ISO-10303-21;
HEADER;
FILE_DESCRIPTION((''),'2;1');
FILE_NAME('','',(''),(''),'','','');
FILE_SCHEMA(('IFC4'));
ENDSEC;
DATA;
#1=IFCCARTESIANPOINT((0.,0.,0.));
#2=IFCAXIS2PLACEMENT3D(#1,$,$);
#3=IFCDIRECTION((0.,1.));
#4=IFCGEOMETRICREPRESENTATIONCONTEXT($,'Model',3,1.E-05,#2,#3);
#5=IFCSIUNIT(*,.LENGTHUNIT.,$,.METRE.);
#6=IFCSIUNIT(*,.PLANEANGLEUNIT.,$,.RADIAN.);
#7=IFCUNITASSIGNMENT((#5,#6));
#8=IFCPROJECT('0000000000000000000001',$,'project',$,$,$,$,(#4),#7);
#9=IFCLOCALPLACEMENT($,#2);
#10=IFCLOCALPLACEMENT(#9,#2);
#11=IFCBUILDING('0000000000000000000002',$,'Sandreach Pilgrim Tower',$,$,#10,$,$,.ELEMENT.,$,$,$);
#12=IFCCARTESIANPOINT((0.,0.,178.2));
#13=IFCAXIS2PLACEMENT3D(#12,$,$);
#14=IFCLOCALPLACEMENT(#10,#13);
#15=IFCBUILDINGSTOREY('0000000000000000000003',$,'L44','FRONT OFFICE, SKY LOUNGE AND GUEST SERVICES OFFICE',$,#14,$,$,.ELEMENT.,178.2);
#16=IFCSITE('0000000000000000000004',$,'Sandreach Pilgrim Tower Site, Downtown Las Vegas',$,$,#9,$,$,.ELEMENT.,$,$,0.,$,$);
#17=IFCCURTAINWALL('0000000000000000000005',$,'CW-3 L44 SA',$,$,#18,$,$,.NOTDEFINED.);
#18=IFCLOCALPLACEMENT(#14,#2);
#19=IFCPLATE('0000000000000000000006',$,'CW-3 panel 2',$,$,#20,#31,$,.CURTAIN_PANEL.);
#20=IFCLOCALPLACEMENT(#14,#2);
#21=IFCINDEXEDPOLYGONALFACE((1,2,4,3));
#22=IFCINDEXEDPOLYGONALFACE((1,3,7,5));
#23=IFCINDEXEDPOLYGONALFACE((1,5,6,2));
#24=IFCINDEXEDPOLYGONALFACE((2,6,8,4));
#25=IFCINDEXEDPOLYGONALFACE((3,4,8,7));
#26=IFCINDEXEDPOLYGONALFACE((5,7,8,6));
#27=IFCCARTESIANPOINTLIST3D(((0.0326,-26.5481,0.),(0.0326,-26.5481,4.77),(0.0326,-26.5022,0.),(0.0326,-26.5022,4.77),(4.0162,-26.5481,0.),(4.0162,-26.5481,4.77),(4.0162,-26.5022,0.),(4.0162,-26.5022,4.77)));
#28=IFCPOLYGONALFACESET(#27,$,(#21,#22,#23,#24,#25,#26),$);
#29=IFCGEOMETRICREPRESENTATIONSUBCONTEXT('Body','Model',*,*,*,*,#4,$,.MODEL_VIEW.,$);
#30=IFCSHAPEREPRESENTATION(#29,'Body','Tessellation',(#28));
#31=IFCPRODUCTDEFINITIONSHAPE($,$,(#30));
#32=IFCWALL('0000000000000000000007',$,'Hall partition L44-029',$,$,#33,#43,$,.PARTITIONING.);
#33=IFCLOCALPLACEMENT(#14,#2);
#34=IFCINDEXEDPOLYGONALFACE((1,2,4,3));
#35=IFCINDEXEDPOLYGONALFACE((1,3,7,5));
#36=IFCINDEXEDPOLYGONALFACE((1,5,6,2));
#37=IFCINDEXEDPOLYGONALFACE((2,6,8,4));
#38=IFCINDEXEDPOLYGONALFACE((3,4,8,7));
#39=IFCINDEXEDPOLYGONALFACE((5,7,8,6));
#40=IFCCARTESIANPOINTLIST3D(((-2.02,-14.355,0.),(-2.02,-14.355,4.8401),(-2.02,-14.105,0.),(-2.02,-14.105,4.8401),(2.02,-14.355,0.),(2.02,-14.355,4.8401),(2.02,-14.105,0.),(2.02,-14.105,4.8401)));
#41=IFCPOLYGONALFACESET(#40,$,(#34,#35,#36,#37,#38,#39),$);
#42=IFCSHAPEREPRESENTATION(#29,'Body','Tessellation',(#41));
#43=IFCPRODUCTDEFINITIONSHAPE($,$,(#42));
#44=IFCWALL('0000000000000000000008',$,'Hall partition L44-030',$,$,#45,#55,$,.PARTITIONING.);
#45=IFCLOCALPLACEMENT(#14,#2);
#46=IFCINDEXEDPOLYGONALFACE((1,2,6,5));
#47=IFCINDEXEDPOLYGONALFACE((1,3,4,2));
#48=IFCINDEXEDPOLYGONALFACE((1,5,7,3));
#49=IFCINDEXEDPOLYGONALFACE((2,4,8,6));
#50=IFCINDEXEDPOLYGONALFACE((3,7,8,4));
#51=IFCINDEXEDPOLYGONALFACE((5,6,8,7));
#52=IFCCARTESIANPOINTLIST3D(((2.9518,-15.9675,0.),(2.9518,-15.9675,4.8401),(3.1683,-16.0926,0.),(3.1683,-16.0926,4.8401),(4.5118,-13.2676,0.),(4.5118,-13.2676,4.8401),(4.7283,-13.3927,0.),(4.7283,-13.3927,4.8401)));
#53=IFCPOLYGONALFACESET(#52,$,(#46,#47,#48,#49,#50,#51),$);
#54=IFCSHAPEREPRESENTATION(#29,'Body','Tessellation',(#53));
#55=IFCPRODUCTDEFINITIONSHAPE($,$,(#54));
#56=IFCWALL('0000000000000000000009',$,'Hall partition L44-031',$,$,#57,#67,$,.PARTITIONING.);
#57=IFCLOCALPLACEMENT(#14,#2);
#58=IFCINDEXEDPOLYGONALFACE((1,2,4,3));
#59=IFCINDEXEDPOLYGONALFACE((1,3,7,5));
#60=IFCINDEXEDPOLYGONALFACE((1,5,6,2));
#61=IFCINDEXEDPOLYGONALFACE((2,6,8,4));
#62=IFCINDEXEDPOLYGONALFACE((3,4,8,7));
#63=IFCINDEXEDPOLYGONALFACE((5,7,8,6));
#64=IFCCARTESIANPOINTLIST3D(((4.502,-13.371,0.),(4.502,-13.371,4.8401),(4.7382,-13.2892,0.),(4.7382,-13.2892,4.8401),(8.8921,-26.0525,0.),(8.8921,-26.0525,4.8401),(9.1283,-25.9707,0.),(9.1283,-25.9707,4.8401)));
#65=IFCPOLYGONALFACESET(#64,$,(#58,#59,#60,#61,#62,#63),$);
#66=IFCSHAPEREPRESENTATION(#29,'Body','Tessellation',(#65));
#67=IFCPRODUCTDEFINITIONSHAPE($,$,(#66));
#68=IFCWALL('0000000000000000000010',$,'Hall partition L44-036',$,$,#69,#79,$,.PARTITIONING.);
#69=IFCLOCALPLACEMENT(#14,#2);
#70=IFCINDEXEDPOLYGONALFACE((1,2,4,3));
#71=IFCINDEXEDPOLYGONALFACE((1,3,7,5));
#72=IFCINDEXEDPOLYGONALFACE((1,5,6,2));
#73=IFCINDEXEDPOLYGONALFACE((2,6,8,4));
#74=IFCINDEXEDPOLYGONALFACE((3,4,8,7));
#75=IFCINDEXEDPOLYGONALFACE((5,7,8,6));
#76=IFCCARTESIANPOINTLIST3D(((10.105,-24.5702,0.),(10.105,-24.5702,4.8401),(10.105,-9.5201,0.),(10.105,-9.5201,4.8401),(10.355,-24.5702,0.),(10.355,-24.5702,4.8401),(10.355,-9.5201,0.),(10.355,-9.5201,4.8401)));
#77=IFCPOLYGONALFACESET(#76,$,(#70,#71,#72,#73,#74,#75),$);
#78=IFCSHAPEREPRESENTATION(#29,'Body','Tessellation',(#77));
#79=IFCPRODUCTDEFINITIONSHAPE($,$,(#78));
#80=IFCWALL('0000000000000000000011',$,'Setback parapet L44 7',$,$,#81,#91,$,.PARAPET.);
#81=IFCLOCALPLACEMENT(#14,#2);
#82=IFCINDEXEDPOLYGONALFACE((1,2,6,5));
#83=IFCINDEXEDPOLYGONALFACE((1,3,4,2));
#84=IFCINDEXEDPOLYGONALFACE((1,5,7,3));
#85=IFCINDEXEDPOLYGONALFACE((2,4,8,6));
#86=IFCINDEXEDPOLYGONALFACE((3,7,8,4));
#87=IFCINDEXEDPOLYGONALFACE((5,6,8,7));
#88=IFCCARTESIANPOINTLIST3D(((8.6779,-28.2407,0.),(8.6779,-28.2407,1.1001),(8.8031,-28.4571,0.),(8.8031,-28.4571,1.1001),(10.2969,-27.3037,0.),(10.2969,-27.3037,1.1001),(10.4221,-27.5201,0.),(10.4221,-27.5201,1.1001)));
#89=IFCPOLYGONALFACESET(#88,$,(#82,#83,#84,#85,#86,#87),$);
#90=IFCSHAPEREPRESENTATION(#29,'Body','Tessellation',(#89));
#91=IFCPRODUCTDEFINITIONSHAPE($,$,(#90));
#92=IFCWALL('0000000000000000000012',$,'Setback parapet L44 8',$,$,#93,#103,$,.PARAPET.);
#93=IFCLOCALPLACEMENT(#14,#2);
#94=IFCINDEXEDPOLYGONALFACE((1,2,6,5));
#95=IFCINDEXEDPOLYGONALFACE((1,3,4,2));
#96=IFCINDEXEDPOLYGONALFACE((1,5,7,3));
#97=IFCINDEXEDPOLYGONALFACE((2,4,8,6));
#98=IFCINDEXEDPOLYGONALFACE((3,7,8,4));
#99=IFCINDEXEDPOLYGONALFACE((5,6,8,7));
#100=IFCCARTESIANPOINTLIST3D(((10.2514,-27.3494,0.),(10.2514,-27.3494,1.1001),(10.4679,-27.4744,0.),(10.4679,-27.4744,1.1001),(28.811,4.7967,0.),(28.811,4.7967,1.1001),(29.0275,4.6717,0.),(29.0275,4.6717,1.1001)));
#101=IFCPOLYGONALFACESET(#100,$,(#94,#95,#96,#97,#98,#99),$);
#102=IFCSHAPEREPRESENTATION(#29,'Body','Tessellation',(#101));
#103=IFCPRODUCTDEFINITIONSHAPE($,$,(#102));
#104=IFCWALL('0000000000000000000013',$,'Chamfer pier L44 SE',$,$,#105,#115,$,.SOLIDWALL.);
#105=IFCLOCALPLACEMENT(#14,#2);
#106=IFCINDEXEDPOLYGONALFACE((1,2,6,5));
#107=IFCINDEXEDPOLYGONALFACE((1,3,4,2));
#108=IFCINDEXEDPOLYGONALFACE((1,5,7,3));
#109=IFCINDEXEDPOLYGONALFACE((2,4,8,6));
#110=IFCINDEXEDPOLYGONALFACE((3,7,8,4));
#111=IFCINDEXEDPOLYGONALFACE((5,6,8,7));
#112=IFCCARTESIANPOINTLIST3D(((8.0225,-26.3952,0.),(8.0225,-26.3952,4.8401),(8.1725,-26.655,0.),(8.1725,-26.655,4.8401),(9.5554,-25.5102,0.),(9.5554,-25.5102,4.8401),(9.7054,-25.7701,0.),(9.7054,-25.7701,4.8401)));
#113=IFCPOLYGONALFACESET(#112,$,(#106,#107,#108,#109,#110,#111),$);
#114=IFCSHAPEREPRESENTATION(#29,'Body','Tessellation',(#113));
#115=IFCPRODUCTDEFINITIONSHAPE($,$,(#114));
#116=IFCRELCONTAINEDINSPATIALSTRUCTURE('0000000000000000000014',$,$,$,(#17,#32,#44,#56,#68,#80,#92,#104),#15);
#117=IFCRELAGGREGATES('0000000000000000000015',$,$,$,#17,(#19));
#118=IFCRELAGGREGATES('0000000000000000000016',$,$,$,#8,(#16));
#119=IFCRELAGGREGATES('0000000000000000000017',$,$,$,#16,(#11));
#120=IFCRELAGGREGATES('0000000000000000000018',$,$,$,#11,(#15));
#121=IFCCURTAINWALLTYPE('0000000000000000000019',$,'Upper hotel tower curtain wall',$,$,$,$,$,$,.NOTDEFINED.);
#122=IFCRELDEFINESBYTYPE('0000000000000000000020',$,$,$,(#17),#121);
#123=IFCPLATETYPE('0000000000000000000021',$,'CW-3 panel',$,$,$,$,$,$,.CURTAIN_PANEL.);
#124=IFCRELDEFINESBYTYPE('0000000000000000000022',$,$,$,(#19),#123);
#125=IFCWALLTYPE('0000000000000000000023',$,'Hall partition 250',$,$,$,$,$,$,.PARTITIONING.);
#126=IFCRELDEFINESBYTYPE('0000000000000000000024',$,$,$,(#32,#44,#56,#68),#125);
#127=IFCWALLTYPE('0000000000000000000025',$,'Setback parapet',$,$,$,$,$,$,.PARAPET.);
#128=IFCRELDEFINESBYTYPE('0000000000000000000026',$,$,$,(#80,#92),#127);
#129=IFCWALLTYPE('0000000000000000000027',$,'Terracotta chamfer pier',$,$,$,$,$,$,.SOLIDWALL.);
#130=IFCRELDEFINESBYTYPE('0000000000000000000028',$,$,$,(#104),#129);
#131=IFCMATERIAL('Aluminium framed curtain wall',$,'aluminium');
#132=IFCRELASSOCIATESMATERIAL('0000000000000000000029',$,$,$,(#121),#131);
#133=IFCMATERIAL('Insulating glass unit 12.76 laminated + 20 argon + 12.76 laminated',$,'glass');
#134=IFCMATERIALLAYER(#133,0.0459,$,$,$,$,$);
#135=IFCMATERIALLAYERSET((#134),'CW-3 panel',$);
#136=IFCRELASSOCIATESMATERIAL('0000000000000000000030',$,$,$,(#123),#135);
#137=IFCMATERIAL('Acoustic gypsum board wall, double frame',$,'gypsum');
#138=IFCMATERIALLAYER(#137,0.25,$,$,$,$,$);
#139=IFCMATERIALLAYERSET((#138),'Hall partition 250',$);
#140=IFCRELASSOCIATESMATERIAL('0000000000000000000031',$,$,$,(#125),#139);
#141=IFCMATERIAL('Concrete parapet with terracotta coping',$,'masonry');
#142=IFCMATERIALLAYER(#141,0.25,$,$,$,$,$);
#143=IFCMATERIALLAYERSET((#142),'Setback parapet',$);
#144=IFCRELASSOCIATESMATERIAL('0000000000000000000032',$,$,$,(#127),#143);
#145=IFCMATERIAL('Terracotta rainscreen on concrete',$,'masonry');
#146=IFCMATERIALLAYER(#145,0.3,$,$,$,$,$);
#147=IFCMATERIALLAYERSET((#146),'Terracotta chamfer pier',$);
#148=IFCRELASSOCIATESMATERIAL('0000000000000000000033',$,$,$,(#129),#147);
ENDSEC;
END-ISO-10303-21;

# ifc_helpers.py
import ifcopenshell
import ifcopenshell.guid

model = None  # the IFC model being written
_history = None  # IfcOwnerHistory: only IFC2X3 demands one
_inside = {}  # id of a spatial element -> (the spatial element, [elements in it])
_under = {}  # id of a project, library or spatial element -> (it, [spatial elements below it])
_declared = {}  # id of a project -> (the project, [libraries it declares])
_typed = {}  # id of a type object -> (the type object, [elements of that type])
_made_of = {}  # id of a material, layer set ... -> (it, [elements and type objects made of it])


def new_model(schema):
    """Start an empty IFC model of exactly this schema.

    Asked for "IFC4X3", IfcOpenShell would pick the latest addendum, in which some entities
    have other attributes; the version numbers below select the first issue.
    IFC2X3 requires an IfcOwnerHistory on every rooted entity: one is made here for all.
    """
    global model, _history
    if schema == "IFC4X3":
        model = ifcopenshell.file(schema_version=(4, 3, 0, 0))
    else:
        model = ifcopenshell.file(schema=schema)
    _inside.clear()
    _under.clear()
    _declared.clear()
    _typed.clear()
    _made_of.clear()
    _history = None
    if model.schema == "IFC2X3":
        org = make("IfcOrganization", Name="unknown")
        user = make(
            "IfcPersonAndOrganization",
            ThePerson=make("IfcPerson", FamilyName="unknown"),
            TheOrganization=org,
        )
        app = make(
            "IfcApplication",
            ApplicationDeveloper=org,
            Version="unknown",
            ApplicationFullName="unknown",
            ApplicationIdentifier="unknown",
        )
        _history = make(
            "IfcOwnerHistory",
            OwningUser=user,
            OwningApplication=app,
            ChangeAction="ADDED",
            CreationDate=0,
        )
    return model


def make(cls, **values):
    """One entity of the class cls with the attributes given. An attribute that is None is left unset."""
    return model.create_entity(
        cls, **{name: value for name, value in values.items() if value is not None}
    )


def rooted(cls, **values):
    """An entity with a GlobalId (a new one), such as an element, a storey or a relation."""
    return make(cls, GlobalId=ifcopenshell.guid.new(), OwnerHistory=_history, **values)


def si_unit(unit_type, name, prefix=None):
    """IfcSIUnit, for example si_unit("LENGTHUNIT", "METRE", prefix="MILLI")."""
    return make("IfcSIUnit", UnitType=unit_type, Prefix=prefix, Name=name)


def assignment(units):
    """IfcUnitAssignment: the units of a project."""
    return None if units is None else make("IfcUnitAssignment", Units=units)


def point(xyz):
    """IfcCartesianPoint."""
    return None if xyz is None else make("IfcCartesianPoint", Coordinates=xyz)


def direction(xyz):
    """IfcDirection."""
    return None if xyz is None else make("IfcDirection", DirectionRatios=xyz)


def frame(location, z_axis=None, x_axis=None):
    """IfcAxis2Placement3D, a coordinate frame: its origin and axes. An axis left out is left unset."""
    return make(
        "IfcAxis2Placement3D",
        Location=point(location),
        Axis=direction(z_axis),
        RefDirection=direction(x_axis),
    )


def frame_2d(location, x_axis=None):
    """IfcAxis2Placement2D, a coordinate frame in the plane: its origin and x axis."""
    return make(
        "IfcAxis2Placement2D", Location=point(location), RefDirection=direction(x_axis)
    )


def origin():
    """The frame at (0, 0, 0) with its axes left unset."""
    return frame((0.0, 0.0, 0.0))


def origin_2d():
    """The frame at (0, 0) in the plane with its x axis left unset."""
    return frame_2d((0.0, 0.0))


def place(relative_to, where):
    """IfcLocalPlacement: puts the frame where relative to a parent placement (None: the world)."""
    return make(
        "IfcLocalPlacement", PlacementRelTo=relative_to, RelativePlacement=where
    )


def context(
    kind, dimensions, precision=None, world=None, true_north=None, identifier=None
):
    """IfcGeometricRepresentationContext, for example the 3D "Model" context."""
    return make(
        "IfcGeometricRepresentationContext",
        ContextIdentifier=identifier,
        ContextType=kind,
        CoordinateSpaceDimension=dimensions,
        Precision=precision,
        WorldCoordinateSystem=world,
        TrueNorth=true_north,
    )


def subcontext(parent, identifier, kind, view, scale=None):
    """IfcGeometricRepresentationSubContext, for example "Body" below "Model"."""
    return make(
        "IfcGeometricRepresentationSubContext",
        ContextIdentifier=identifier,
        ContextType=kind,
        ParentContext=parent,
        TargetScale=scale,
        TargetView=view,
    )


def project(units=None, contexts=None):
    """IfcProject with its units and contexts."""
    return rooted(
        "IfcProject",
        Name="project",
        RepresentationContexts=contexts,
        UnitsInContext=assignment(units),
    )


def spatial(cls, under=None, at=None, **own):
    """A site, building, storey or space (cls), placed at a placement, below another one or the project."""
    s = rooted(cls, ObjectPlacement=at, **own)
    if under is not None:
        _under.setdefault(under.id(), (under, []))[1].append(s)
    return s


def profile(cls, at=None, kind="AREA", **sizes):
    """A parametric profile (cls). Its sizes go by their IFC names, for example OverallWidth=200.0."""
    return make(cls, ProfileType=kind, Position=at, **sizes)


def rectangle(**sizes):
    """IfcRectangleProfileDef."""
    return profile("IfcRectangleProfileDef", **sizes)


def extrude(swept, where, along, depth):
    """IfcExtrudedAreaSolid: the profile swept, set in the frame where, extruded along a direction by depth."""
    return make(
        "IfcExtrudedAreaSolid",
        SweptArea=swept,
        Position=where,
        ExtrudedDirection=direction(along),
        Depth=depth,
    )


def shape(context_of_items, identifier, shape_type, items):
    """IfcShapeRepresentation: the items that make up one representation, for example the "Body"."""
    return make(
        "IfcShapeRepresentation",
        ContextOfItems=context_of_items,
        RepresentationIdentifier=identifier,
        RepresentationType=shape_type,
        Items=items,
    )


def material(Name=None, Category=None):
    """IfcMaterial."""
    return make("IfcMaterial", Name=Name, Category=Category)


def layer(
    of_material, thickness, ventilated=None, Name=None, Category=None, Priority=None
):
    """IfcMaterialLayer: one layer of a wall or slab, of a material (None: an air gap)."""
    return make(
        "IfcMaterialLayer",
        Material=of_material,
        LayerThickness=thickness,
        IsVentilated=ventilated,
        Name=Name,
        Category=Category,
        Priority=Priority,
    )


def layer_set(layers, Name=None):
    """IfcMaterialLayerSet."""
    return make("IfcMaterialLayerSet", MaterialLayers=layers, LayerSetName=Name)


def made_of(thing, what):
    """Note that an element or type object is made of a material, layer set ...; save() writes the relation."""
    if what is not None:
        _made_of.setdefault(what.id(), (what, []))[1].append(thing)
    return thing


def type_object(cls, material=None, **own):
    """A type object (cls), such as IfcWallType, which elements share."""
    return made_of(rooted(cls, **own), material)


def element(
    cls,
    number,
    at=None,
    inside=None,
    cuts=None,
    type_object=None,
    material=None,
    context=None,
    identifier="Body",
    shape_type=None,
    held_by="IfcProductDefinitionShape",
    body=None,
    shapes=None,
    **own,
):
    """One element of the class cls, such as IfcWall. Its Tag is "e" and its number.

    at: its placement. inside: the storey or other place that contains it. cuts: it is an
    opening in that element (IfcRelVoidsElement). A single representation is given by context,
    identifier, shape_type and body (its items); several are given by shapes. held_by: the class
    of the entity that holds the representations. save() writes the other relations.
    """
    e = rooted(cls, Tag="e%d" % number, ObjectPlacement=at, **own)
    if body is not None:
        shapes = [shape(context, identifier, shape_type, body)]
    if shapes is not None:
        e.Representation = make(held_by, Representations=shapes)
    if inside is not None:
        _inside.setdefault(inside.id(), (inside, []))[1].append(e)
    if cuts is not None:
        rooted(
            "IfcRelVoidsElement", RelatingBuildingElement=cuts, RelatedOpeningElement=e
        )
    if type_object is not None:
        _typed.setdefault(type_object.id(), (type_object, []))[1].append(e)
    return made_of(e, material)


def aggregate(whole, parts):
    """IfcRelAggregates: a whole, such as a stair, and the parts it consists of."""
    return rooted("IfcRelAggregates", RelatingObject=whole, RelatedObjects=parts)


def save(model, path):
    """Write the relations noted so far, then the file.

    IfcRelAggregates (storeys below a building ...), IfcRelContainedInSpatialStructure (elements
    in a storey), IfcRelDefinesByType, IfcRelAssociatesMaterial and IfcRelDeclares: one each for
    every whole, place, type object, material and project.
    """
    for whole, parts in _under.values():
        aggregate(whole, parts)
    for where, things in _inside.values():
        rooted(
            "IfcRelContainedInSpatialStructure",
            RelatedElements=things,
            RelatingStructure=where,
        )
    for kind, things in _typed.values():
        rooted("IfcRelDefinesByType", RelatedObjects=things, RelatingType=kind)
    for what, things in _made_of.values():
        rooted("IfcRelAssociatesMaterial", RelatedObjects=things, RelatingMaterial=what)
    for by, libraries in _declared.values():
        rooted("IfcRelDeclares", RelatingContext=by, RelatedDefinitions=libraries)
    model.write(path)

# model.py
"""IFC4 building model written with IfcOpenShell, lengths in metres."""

from ifc_helpers import new_model, si_unit, direction, frame, frame_2d, origin, origin_2d, place, context, subcontext, project, spatial, rectangle, extrude, material, layer, layer_set, type_object, element, aggregate, save


model = new_model("IFC4")

# Units and contexts
model_context = context("Model", 3, precision=1e-05, world=origin(), true_north=direction((0.0, 1.0)))
body_context = subcontext(model_context, "Body", "Model", "MODEL_VIEW")
ifc_project = project(units=[si_unit("LENGTHUNIT", "METRE"), si_unit("PLANEANGLEUNIT", "RADIAN")], contexts=[model_context])

# Site, building, storey
site_placement = place(None, origin())
site = spatial("IfcSite", under=ifc_project, at=site_placement, Name="Sandreach Pilgrim Tower Site, Downtown Las Vegas", CompositionType="ELEMENT", RefElevation=0.0)
building_placement = place(site_placement, origin())
building = spatial("IfcBuilding", under=site, at=building_placement, Name="Sandreach Pilgrim Tower", CompositionType="ELEMENT")
storey_placement = place(building_placement, frame((0.0, 0.0, 178.2)))
storey = spatial("IfcBuildingStorey", under=building, at=storey_placement, Name="L44", Description="FRONT OFFICE, SKY LOUNGE AND GUEST SERVICES OFFICE", CompositionType="ELEMENT", Elevation=178.2)

# Shared definitions
ifc_material_1 = material(Name="Aluminium framed curtain wall", Category="aluminium")
curtain_wall_type = type_object("IfcCurtainWallType", Name="Upper hotel tower curtain wall", PredefinedType="NOTDEFINED", material=ifc_material_1)

# Curtain wall
curtain_wall_1_placement = place(storey_placement, origin())
curtain_wall_1 = element("IfcCurtainWall", 1, at=curtain_wall_1_placement, inside=storey, type_object=curtain_wall_type, Name="CW-3 L44 SA", PredefinedType="NOTDEFINED")

# Plate
ifc_material_2 = material(Name="Insulating glass unit 12.76 laminated + 20 argon + 12.76 laminated", Category="glass")
ifc_layer_1 = layer(ifc_material_2, 0.0459)
ifc_layer_set_1 = layer_set([ifc_layer_1], Name="CW-3 panel")
plate_type = type_object("IfcPlateType", Name="CW-3 panel", PredefinedType="CURTAIN_PANEL", material=ifc_layer_set_1)
plate_1_placement = place(storey_placement, frame((2.0244, -26.5251, 0.0), z_axis=(0.0, 0.0, 1.0), x_axis=(-1.0, 0.0, 0.0)))
plate_1 = element("IfcPlate", 2, at=plate_1_placement, type_object=plate_type, Name="CW-3 panel 2", PredefinedType="CURTAIN_PANEL", context=body_context, shape_type="SweptSolid", body=[
    extrude(rectangle(XDim=3.9836, YDim=0.0459, at=origin_2d()), origin(), (0.0, 0.0, 1.0), 4.77),
])
aggregate(curtain_wall_1, [plate_1])

# Walls
ifc_material_3 = material(Name="Acoustic gypsum board wall, double frame", Category="gypsum")
ifc_layer_2 = layer(ifc_material_3, 0.25)
ifc_layer_set_2 = layer_set([ifc_layer_2], Name="Hall partition 250")
wall_type_1 = type_object("IfcWallType", Name="Hall partition 250", PredefinedType="PARTITIONING", material=ifc_layer_set_2)
wall_1_placement = place(storey_placement, frame((2.02, -14.23, 0.0), z_axis=(0.0, 0.0, 1.0), x_axis=(-1.0, 0.0, 0.0)))
element("IfcWall", 3, at=wall_1_placement, inside=storey, type_object=wall_type_1, Name="Hall partition L44-029", PredefinedType="PARTITIONING", context=body_context, shape_type="SweptSolid", body=[
    extrude(rectangle(XDim=4.04, YDim=0.25, at=frame_2d((2.02, 0.0))), origin(), (0.0, 0.0, 1.0), 4.8401),
])
wall_2_placement = place(storey_placement, frame((3.0601, -16.03, 0.0), z_axis=(0.0, 0.0, 1.0), x_axis=(0.500298, 0.865853, 0.0)))
element("IfcWall", 4, at=wall_2_placement, inside=storey, type_object=wall_type_1, Name="Hall partition L44-030", PredefinedType="PARTITIONING", context=body_context, shape_type="SweptSolid", body=[
    extrude(rectangle(XDim=3.1182, YDim=0.25, at=frame_2d((1.5591, 0.0))), origin(), (0.0, 0.0, 1.0), 4.8401),
])
wall_3_placement = place(storey_placement, frame((4.6201, -13.3301, 0.0), z_axis=(0.0, 0.0, 1.0), x_axis=(0.327133, -0.944978, 0.0)))
element("IfcWall", 5, at=wall_3_placement, inside=storey, type_object=wall_type_1, Name="Hall partition L44-031", PredefinedType="PARTITIONING", context=body_context, shape_type="SweptSolid", body=[
    extrude(rectangle(XDim=13.4199, YDim=0.25, at=frame_2d((6.71, 0.0))), origin(), (0.0, 0.0, 1.0), 4.8401),
])
wall_4_placement = place(storey_placement, frame((10.23, -24.5701, 0.0), z_axis=(0.0, 0.0, 1.0), x_axis=(0.0, 1.0, 0.0)))
element("IfcWall", 6, at=wall_4_placement, inside=storey, type_object=wall_type_1, Name="Hall partition L44-036", PredefinedType="PARTITIONING", context=body_context, shape_type="SweptSolid", body=[
    extrude(rectangle(XDim=15.05, YDim=0.25, at=frame_2d((7.5249, 0.0))), origin(), (0.0, 0.0, 1.0), 4.8401),
])
ifc_material_4 = material(Name="Concrete parapet with terracotta coping", Category="masonry")
ifc_layer_3 = layer(ifc_material_4, 0.25)
ifc_layer_set_3 = layer_set([ifc_layer_3], Name="Setback parapet")
wall_type_2 = type_object("IfcWallType", Name="Setback parapet", PredefinedType="PARAPET", material=ifc_layer_set_3)
wall_5_placement = place(storey_placement, frame((8.7405, -28.3489, 0.0), z_axis=(0.0, 0.0, 1.0), x_axis=(0.865516, 0.500882, 0.0)))
element("IfcWall", 7, at=wall_5_placement, inside=storey, type_object=wall_type_2, Name="Setback parapet L44 7", PredefinedType="PARAPET", context=body_context, shape_type="SweptSolid", body=[
    extrude(rectangle(XDim=1.8706, YDim=0.25, at=frame_2d((0.9353, 0.0))), origin(), (0.0, 0.0, 1.0), 1.1001),
])
wall_6_placement = place(storey_placement, frame((10.3596, -27.4119, 0.0), z_axis=(0.0, 0.0, 1.0), x_axis=(0.500001, 0.866025, 0.0)))
element("IfcWall", 8, at=wall_6_placement, inside=storey, type_object=wall_type_2, Name="Setback parapet L44 8", PredefinedType="PARAPET", context=body_context, shape_type="SweptSolid", body=[
    extrude(rectangle(XDim=37.1191, YDim=0.25, at=frame_2d((18.5596, 0.0))), origin(), (0.0, 0.0, 1.0), 1.1001),
])
ifc_material_5 = material(Name="Terracotta rainscreen on concrete", Category="masonry")
ifc_layer_4 = layer(ifc_material_5, 0.3)
ifc_layer_set_4 = layer_set([ifc_layer_4], Name="Terracotta chamfer pier")
wall_type_3 = type_object("IfcWallType", Name="Terracotta chamfer pier", PredefinedType="SOLIDWALL", material=ifc_layer_set_4)
wall_7_placement = place(storey_placement, frame((9.6304, -25.6401, 0.0), z_axis=(0.0, 0.0, 1.0), x_axis=(-0.866036, -0.499981, 0.0)))
element("IfcWall", 9, at=wall_7_placement, inside=storey, type_object=wall_type_3, Name="Chamfer pier L44 SE", PredefinedType="SOLIDWALL", context=body_context, shape_type="SweptSolid", body=[
    extrude(rectangle(XDim=1.77, YDim=0.3, at=frame_2d((0.885, 0.0))), origin(), (0.0, 0.0, 1.0), 4.8401),
])

save(model, "model.ifc")
